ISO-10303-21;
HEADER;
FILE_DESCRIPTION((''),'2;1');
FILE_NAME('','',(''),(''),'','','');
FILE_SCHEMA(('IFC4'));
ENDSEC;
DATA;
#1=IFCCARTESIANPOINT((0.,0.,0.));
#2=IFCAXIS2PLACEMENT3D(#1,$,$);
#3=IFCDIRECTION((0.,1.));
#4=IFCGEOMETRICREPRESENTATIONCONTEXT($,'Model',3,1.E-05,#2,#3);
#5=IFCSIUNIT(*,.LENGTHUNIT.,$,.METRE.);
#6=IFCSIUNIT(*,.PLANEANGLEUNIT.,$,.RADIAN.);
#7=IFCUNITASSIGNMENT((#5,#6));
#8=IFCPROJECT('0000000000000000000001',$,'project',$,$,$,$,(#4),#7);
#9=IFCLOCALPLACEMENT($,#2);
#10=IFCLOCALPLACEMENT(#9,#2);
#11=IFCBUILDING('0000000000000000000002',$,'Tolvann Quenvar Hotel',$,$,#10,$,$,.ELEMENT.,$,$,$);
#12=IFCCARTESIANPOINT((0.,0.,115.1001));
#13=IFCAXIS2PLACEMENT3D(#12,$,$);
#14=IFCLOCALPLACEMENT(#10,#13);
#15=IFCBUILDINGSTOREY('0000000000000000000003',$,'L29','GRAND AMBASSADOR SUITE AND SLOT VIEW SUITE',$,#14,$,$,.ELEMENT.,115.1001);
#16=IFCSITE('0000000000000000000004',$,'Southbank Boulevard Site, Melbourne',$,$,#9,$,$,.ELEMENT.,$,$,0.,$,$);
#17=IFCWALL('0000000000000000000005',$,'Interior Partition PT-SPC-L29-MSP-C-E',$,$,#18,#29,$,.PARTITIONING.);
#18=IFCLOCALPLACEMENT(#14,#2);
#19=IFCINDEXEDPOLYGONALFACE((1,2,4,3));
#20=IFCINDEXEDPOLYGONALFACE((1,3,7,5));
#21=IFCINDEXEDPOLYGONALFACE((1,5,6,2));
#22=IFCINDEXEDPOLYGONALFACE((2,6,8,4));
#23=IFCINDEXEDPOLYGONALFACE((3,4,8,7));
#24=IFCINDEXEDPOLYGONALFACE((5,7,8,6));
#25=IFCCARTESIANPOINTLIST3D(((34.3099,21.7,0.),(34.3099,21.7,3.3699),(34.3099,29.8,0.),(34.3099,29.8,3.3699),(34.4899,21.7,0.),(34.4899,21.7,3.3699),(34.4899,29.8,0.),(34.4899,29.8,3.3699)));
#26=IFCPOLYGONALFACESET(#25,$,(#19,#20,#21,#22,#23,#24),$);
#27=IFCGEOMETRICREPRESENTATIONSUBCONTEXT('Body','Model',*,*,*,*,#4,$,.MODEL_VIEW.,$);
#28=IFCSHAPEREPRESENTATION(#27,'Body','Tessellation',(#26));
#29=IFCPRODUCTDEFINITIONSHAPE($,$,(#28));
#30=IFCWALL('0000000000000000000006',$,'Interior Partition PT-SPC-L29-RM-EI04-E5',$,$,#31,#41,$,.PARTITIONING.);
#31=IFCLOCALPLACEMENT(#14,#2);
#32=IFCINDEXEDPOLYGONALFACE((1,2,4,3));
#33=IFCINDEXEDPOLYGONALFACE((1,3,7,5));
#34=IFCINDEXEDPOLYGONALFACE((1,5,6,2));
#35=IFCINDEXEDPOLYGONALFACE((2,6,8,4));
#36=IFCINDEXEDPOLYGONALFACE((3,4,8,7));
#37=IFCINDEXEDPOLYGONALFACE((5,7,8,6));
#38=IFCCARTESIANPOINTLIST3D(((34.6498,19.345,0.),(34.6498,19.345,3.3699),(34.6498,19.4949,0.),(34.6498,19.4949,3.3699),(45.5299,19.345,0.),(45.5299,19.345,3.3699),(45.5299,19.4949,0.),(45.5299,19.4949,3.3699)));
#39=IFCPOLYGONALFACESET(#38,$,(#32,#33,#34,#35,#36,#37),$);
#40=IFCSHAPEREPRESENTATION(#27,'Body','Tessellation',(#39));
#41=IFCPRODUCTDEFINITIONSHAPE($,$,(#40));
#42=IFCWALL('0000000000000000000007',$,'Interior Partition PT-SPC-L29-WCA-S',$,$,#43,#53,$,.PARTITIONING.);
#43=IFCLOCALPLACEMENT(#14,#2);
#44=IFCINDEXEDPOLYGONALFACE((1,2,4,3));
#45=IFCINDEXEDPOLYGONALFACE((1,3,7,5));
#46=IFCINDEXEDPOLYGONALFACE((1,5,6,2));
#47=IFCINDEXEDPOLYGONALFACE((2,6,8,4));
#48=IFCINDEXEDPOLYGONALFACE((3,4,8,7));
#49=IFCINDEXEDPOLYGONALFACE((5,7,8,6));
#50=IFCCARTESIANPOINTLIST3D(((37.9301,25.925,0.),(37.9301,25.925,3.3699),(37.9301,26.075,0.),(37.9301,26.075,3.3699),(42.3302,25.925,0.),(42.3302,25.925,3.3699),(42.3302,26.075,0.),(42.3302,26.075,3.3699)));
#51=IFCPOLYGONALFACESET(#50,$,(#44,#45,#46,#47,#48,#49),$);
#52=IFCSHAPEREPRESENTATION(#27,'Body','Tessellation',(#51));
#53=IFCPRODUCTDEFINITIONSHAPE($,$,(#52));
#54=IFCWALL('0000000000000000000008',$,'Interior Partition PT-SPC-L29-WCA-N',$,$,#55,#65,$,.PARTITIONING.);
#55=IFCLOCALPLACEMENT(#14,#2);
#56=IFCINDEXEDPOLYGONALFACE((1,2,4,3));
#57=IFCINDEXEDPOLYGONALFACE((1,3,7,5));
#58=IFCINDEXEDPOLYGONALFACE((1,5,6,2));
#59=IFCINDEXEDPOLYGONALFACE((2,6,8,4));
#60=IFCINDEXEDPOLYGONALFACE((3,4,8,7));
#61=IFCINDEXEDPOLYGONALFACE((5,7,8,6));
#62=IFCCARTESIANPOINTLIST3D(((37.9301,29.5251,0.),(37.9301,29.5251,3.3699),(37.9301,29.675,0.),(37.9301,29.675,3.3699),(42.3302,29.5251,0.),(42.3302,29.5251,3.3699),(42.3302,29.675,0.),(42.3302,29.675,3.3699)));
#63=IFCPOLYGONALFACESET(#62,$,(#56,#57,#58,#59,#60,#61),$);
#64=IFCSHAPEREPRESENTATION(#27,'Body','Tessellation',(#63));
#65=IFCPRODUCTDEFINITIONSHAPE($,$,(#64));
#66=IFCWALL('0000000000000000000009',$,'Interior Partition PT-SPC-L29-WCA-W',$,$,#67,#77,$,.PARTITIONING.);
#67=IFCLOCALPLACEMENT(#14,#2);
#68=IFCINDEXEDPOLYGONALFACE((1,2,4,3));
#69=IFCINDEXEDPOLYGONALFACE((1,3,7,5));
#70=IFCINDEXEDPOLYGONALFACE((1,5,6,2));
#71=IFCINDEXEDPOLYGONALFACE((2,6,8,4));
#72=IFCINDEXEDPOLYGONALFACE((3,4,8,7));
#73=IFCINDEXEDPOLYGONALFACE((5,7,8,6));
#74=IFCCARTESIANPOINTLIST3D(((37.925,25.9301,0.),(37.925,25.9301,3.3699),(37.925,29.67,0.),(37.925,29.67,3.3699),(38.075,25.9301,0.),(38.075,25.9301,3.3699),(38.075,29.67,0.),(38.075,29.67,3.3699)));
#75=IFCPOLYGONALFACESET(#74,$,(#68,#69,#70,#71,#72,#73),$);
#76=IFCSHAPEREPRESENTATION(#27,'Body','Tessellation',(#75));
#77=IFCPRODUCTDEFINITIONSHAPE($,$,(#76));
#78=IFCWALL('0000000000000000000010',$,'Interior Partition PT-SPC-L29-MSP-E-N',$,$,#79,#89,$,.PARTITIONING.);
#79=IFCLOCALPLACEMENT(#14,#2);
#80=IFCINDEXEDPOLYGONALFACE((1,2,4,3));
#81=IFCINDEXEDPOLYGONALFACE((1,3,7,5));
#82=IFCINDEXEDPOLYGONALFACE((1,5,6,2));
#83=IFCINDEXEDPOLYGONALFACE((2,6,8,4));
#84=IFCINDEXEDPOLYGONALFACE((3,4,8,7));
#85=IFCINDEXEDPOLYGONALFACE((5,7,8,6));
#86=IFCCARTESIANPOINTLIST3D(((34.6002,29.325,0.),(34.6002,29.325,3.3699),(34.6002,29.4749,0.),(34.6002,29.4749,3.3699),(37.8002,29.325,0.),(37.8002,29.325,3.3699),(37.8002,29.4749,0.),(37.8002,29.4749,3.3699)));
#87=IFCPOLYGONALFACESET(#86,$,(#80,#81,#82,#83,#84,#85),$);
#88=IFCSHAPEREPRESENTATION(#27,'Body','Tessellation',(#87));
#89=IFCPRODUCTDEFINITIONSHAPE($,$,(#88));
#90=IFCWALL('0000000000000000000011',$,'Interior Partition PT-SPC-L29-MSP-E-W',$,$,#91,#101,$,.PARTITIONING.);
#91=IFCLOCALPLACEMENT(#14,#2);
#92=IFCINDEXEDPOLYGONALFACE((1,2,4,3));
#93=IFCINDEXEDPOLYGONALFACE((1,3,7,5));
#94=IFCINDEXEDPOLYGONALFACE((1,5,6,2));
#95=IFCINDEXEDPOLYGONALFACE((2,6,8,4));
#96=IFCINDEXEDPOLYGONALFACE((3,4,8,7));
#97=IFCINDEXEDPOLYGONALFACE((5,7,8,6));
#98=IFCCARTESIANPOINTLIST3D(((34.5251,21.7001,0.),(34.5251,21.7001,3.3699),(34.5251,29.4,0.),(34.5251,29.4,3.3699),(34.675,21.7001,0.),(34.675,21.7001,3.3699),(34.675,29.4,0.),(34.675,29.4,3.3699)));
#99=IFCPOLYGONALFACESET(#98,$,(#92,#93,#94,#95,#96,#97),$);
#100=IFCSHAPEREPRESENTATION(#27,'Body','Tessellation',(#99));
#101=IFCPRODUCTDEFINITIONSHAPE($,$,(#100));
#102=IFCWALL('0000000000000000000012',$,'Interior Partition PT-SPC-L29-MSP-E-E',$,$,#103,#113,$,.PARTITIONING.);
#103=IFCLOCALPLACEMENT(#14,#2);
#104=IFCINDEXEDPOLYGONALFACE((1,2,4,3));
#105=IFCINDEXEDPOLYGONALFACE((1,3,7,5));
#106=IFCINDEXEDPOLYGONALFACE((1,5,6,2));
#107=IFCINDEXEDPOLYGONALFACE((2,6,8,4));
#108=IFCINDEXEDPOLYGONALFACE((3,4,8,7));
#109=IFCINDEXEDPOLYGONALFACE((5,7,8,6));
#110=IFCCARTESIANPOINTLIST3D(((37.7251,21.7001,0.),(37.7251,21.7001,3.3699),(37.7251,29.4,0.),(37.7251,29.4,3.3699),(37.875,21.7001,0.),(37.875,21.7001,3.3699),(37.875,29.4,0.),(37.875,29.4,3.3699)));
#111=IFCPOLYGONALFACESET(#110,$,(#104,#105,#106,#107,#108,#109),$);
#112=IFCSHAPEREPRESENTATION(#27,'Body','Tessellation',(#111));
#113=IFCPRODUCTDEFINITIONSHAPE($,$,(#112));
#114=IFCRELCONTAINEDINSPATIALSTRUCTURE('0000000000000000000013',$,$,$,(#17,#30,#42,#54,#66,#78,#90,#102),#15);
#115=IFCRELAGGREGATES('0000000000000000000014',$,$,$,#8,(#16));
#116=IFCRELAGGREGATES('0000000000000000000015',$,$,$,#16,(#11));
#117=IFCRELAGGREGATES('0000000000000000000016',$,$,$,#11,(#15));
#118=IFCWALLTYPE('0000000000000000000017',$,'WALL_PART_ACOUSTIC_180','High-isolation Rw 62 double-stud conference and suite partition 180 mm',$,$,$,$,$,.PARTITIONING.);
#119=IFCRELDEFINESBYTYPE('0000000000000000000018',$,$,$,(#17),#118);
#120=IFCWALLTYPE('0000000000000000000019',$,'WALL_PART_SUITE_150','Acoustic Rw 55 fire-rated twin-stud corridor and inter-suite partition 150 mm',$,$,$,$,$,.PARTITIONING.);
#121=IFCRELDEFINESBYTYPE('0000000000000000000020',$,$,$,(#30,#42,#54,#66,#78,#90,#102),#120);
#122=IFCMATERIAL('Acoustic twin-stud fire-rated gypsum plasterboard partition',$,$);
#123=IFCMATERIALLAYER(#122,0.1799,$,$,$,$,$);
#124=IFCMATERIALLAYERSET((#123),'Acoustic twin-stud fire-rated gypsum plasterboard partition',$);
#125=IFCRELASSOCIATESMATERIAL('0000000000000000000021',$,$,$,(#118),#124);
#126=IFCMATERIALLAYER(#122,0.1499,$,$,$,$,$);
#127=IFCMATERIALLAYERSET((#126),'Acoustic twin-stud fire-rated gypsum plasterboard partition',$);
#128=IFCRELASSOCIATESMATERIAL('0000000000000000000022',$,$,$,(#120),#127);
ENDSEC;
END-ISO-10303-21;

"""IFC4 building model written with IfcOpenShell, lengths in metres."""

from ifc_helpers import new_model, si_unit, direction, frame, frame_2d, origin, place, context, subcontext, project, spatial, rectangle, extrude, material, layer, layer_set, type_object, element, save


model = new_model("IFC4")

# Units and contexts
model_context = context("Model", 3, precision=1e-05, world=origin(), true_north=direction((0.0, 1.0)))
body_context = subcontext(model_context, "Body", "Model", "MODEL_VIEW")
ifc_project = project(units=[si_unit("LENGTHUNIT", "METRE"), si_unit("PLANEANGLEUNIT", "RADIAN")], contexts=[model_context])

# Site, building, storey
site_placement = place(None, origin())
site = spatial("IfcSite", under=ifc_project, at=site_placement, Name="Southbank Boulevard Site, Melbourne", CompositionType="ELEMENT", RefElevation=0.0)
building_placement = place(site_placement, origin())
building = spatial("IfcBuilding", under=site, at=building_placement, Name="Tolvann Quenvar Hotel", CompositionType="ELEMENT")
storey_placement = place(building_placement, frame((0.0, 0.0, 115.1001)))
storey = spatial("IfcBuildingStorey", under=building, at=storey_placement, Name="L29", Description="GRAND AMBASSADOR SUITE AND SLOT VIEW SUITE", CompositionType="ELEMENT", Elevation=115.1001)

# Walls
ifc_material_1 = material(Name="Acoustic twin-stud fire-rated gypsum plasterboard partition")
ifc_layer_1 = layer(ifc_material_1, 0.1799)
ifc_layer_set_1 = layer_set([ifc_layer_1], Name="Acoustic twin-stud fire-rated gypsum plasterboard partition")
wall_type_1 = type_object("IfcWallType", Name="WALL_PART_ACOUSTIC_180", Description="High-isolation Rw 62 double-stud conference and suite partition 180 mm", PredefinedType="PARTITIONING", material=ifc_layer_set_1)
wall_1_placement = place(storey_placement, frame((34.3999, 21.7, 0.0), z_axis=(0.0, 0.0, 1.0), x_axis=(0.0, 1.0, 0.0)))
element("IfcWall", 1, at=wall_1_placement, inside=storey, type_object=wall_type_1, Name="Interior Partition PT-SPC-L29-MSP-C-E", PredefinedType="PARTITIONING", context=body_context, shape_type="SweptSolid", body=[
    extrude(rectangle(XDim=8.1001, YDim=0.1799, at=frame_2d((4.05, 0.0))), origin(), (0.0, 0.0, 1.0), 3.3699),
])
ifc_layer_2 = layer(ifc_material_1, 0.1499)
ifc_layer_set_2 = layer_set([ifc_layer_2], Name="Acoustic twin-stud fire-rated gypsum plasterboard partition")
wall_type_2 = type_object("IfcWallType", Name="WALL_PART_SUITE_150", Description="Acoustic Rw 55 fire-rated twin-stud corridor and inter-suite partition 150 mm", PredefinedType="PARTITIONING", material=ifc_layer_set_2)
wall_2_placement = place(storey_placement, frame((34.6499, 19.4199, 0.0), z_axis=(0.0, 0.0, 1.0), x_axis=(1.0, 0.0, 0.0)))
element("IfcWall", 2, at=wall_2_placement, inside=storey, type_object=wall_type_2, Name="Interior Partition PT-SPC-L29-RM-EI04-E5", PredefinedType="PARTITIONING", context=body_context, shape_type="SweptSolid", body=[
    extrude(rectangle(XDim=10.8801, YDim=0.1499, at=frame_2d((5.4399, 0.0))), origin(), (0.0, 0.0, 1.0), 3.3699),
])
for number, where, z_axis, x_axis, name in (
    (3, (37.9299, 26.0, 0.0), (0.0, 0.0, 1.0), (1.0, 0.0, 0.0), "Interior Partition PT-SPC-L29-WCA-S"),
    (4, (37.9299, 29.6001, 0.0), (0.0, 0.0, 1.0), (1.0, 0.0, 0.0), "Interior Partition PT-SPC-L29-WCA-N"),
):
    element("IfcWall", number, at=place(storey_placement, frame(where, z_axis=z_axis, x_axis=x_axis)), inside=storey, type_object=wall_type_2, Name=name, PredefinedType="PARTITIONING", context=body_context, shape_type="SweptSolid", body=[
        extrude(rectangle(XDim=4.4001, YDim=0.1499, at=frame_2d((2.2002, 0.0))), origin(), (0.0, 0.0, 1.0), 3.3699),
    ])
wall_3_placement = place(storey_placement, frame((38.0, 25.9299, 0.0), z_axis=(0.0, 0.0, 1.0), x_axis=(0.0, 1.0, 0.0)))
element("IfcWall", 5, at=wall_3_placement, inside=storey, type_object=wall_type_2, Name="Interior Partition PT-SPC-L29-WCA-W", PredefinedType="PARTITIONING", context=body_context, shape_type="SweptSolid", body=[
    extrude(rectangle(XDim=3.74, YDim=0.1499, at=frame_2d((1.8701, 0.0))), origin(), (0.0, 0.0, 1.0), 3.3699),
])

# Walls
wall_4_placement = place(storey_placement, frame((34.6001, 29.3999, 0.0), z_axis=(0.0, 0.0, 1.0), x_axis=(1.0, 0.0, 0.0)))
element("IfcWall", 6, at=wall_4_placement, inside=storey, type_object=wall_type_2, Name="Interior Partition PT-SPC-L29-MSP-E-N", PredefinedType="PARTITIONING", context=body_context, shape_type="SweptSolid", body=[
    extrude(rectangle(XDim=3.2, YDim=0.1499, at=frame_2d((1.6001, 0.0))), origin(), (0.0, 0.0, 1.0), 3.3699),
])
for number, where, z_axis, x_axis, name in (
    (7, (34.6001, 21.7, 0.0), (0.0, 0.0, 1.0), (0.0, 1.0, 0.0), "Interior Partition PT-SPC-L29-MSP-E-W"),
    (8, (37.8, 21.7, 0.0), (0.0, 0.0, 1.0), (0.0, 1.0, 0.0), "Interior Partition PT-SPC-L29-MSP-E-E"),
):
    element("IfcWall", number, at=place(storey_placement, frame(where, z_axis=z_axis, x_axis=x_axis)), inside=storey, type_object=wall_type_2, Name=name, PredefinedType="PARTITIONING", context=body_context, shape_type="SweptSolid", body=[
        extrude(rectangle(XDim=7.7, YDim=0.1499, at=frame_2d((3.8501, 0.0))), origin(), (0.0, 0.0, 1.0), 3.3699),
    ])

save(model, "model.ifc")
